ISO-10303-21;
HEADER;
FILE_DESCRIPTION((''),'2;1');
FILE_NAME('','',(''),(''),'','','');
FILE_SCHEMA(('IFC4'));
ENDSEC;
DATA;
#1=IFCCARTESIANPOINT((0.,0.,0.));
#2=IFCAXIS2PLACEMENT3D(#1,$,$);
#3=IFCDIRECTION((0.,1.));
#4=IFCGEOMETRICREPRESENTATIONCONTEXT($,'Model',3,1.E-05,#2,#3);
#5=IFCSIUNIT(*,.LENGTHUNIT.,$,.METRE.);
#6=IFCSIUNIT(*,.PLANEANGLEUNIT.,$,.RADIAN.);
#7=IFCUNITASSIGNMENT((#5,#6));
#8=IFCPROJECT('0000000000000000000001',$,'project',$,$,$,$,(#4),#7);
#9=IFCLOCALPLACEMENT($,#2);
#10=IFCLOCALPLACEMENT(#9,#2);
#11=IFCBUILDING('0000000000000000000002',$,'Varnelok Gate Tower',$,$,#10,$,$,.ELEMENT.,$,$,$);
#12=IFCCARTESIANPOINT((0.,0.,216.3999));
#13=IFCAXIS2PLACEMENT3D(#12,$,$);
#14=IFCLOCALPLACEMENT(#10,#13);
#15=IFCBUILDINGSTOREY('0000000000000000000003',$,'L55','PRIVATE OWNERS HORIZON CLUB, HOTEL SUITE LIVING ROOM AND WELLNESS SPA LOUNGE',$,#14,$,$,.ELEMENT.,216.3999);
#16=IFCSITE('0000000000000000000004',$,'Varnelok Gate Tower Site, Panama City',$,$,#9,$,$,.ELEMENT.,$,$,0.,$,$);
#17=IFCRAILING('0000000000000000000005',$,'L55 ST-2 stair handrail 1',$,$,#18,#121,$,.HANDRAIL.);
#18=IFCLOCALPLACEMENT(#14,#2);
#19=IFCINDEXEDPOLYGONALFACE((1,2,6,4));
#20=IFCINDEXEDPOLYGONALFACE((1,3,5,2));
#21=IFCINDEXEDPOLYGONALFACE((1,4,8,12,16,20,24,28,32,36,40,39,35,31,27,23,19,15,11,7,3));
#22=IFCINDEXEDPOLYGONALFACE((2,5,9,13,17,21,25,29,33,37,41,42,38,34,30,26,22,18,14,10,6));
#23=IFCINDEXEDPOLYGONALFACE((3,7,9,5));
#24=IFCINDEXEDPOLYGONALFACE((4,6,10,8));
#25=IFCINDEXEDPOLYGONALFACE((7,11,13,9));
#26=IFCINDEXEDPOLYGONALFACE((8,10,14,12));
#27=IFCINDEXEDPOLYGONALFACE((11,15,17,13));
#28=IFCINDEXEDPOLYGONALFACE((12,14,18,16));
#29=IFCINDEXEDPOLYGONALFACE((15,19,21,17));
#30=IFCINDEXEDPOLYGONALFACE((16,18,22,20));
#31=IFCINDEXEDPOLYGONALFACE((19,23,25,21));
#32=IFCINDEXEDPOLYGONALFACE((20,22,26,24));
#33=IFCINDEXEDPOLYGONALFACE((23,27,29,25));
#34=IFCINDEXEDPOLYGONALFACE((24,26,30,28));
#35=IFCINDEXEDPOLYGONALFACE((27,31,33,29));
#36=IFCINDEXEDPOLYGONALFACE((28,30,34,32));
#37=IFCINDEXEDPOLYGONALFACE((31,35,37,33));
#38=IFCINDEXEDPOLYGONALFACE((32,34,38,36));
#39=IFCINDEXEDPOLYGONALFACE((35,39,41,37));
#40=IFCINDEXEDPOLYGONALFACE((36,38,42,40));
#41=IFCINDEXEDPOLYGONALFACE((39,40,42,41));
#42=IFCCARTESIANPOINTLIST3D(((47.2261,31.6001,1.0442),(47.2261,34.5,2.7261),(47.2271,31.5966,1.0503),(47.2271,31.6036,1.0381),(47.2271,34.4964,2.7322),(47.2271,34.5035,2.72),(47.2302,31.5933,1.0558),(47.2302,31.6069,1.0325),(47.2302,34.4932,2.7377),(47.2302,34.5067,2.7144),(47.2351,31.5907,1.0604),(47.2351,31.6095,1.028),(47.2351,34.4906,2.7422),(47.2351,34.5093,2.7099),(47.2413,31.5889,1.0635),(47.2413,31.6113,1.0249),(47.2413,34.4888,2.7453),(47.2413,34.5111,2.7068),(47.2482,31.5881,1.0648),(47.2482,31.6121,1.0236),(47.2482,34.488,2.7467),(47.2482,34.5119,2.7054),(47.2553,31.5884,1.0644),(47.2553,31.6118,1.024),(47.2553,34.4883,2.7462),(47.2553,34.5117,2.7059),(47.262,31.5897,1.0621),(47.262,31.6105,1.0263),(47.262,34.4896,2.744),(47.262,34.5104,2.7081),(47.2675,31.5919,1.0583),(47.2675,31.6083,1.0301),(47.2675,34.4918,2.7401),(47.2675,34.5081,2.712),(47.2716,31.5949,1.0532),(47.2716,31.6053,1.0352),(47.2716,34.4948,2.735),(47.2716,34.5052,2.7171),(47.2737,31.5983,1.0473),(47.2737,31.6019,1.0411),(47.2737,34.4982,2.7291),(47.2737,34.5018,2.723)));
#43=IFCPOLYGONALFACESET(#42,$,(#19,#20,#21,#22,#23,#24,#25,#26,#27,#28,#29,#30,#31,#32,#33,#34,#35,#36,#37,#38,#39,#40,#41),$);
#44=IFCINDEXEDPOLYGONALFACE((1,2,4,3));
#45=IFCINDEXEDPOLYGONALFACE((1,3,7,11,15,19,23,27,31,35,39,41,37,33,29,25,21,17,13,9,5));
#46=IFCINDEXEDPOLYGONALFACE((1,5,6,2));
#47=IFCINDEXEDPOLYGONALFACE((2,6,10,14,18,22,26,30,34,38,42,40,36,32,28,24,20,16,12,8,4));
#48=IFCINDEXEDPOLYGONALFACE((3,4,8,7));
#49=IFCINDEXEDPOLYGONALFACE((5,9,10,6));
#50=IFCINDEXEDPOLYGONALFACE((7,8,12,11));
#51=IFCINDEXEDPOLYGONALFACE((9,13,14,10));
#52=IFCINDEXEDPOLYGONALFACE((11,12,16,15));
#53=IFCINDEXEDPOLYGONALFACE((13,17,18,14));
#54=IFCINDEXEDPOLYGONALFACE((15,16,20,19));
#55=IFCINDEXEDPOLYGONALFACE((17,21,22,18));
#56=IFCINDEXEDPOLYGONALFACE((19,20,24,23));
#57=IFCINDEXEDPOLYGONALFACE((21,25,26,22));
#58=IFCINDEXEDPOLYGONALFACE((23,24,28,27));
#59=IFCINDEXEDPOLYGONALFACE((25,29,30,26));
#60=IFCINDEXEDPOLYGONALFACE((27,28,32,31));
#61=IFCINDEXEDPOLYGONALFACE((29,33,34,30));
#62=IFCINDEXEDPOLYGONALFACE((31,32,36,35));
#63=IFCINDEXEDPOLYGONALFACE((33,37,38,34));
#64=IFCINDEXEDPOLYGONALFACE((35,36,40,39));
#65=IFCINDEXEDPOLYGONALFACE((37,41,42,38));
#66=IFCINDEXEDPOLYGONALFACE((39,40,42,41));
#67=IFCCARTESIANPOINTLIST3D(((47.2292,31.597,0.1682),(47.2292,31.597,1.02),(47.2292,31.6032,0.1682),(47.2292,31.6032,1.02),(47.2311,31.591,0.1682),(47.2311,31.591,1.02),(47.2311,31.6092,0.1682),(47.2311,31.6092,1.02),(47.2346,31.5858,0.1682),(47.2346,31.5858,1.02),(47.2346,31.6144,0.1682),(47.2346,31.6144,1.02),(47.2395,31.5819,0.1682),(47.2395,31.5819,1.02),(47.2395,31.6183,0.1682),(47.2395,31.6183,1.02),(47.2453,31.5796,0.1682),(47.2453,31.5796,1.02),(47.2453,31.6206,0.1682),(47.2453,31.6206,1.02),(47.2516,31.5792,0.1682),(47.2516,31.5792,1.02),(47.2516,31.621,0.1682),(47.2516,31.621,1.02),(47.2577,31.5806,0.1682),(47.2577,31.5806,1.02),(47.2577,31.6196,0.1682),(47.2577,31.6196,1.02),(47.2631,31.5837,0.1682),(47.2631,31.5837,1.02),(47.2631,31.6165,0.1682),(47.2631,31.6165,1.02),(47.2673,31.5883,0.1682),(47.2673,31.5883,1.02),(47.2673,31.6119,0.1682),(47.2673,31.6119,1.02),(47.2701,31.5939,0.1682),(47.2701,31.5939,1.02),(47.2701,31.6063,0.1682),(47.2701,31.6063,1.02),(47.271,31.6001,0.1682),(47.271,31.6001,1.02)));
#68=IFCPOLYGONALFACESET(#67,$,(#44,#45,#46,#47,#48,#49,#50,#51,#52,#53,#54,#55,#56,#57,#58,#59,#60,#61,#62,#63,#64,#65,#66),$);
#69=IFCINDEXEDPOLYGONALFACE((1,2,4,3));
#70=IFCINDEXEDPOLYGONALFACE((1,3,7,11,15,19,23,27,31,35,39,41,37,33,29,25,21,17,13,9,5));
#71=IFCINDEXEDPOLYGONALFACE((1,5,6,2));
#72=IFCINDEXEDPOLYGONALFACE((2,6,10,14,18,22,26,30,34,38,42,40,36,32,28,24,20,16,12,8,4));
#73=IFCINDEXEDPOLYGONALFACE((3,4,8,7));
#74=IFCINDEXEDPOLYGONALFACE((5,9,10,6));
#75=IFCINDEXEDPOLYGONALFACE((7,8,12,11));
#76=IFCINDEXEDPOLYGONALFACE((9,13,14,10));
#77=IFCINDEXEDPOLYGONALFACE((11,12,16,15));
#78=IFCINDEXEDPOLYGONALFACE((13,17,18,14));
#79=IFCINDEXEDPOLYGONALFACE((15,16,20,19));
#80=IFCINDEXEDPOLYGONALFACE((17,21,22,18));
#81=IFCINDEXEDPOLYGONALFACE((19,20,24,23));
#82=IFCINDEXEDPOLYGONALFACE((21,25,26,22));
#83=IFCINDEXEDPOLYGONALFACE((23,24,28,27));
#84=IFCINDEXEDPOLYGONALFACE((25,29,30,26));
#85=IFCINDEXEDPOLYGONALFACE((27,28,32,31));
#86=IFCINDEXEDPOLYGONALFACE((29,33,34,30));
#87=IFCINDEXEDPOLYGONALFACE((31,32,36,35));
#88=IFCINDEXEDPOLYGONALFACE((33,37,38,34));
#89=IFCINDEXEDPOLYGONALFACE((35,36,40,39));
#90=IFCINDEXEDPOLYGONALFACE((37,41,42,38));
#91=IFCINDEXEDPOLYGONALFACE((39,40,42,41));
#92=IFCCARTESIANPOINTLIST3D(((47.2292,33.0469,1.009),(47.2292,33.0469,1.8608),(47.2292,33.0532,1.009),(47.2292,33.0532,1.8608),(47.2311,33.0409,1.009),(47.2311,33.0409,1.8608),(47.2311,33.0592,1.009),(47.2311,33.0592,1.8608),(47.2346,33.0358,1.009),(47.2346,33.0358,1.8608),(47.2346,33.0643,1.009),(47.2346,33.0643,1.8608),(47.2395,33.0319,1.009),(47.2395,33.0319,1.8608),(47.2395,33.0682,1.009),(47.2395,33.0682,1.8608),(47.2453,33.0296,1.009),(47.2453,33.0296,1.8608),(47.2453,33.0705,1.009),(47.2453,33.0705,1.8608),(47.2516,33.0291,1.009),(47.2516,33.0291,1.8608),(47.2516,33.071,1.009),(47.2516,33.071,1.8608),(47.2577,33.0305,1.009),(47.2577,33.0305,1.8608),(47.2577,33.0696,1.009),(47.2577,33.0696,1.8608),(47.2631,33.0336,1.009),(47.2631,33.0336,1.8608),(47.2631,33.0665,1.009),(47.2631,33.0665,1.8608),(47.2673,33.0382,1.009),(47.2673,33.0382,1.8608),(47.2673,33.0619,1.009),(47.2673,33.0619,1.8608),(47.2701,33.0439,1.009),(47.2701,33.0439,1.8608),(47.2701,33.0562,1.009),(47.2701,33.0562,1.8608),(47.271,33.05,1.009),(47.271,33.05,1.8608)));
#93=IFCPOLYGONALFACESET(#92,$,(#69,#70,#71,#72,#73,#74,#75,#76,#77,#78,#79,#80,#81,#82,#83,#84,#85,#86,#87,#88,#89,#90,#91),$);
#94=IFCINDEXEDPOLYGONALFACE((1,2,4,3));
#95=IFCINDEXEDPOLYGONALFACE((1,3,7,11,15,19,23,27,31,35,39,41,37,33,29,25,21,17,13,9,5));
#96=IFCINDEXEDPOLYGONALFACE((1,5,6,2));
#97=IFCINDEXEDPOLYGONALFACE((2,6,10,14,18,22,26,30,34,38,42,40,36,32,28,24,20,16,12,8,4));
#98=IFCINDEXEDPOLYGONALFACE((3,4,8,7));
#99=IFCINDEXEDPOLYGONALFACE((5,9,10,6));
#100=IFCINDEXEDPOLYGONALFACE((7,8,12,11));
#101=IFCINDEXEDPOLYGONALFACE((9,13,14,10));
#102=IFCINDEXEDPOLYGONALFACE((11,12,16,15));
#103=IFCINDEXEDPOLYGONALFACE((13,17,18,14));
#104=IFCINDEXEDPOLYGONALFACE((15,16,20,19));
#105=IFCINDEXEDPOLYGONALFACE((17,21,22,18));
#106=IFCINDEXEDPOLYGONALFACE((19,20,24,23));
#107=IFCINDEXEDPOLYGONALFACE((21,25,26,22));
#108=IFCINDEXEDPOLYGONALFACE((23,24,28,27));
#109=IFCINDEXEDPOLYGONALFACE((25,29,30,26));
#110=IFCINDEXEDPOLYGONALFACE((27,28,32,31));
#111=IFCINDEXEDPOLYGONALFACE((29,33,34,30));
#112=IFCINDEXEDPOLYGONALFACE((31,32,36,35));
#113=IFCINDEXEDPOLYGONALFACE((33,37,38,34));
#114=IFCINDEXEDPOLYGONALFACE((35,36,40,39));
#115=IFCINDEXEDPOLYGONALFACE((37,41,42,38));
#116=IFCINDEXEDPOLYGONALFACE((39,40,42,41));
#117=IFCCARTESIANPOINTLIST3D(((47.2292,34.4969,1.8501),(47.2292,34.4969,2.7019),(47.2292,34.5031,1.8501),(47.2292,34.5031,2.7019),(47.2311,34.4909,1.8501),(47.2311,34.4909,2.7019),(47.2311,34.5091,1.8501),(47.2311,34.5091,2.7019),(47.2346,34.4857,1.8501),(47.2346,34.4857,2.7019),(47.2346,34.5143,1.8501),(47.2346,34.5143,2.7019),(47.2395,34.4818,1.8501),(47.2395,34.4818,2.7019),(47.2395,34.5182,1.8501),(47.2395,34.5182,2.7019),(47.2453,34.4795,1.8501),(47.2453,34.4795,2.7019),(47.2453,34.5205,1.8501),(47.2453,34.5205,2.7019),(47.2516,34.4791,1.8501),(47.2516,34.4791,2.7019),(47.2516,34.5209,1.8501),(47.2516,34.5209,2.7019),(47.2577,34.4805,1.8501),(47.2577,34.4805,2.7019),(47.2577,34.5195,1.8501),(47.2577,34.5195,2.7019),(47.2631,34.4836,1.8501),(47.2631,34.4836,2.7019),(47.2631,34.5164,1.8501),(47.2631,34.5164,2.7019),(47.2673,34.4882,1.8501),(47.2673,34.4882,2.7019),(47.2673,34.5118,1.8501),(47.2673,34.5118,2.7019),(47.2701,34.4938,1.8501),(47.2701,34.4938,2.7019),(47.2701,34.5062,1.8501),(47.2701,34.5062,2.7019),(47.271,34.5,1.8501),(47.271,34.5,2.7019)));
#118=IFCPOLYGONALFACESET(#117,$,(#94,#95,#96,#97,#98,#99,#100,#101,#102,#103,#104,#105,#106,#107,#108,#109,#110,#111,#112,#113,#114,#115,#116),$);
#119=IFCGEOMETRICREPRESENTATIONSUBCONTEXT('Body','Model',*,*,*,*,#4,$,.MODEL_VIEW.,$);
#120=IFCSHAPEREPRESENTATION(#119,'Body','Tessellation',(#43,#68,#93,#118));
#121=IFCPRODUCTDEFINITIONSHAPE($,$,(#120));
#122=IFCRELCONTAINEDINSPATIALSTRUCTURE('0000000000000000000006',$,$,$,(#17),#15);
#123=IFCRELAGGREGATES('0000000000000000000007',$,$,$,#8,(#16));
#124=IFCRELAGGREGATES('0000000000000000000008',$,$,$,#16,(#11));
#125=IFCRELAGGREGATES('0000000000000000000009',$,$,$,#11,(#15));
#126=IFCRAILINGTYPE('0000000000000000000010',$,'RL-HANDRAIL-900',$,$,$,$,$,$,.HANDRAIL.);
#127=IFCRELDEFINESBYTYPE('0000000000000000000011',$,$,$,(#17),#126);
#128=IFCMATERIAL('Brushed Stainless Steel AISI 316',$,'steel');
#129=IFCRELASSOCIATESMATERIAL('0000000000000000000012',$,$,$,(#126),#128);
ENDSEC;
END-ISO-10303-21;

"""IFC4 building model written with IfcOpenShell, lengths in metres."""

from ifc_helpers import new_model, si_unit, direction, frame, origin, origin_2d, place, context, subcontext, project, spatial, circle, extrude, material, type_object, element, save


model = new_model("IFC4")

# Units and contexts
model_context = context("Model", 3, precision=1e-05, world=origin(), true_north=direction((0.0, 1.0)))
body_context = subcontext(model_context, "Body", "Model", "MODEL_VIEW")
ifc_project = project(units=[si_unit("LENGTHUNIT", "METRE"), si_unit("PLANEANGLEUNIT", "RADIAN")], contexts=[model_context])

# Site, building, storey
site_placement = place(None, origin())
site = spatial("IfcSite", under=ifc_project, at=site_placement, Name="Varnelok Gate Tower Site, Panama City", CompositionType="ELEMENT", RefElevation=0.0)
building_placement = place(site_placement, origin())
building = spatial("IfcBuilding", under=site, at=building_placement, Name="Varnelok Gate Tower", CompositionType="ELEMENT")
storey_placement = place(building_placement, frame((0.0, 0.0, 216.3999)))
storey = spatial("IfcBuildingStorey", under=building, at=storey_placement, Name="L55", Description="PRIVATE OWNERS HORIZON CLUB, HOTEL SUITE LIVING ROOM AND WELLNESS SPA LOUNGE", CompositionType="ELEMENT", Elevation=216.3999)

# Railing
ifc_material_1 = material(Name="Brushed Stainless Steel AISI 316", Category="steel")
railing_type_1 = type_object("IfcRailingType", Name="RL-HANDRAIL-900", PredefinedType="HANDRAIL", material=ifc_material_1)
railing_1_placement = place(storey_placement, frame((47.25, 31.6001, 0.1682)))
element("IfcRailing", 1, at=railing_1_placement, inside=storey, type_object=railing_type_1, Name="L55 ST-2 stair handrail 1", PredefinedType="HANDRAIL", context=body_context, shape_type="SweptSolid", body=[
    extrude(circle(Radius=0.0239, at=origin_2d()), frame((0.0, 0.0, 0.876), z_axis=(0.0, 0.865039, 0.501705), x_axis=(-1.0, 0.0, 0.0)), (0.0, 0.0, 1.0), 3.3523),
    extrude(circle(Radius=0.021, at=origin_2d()), origin(), (0.0, 0.0, 1.0), 0.8518),
    extrude(circle(Radius=0.021, at=origin_2d()), frame((0.0, 1.45, 0.8408)), (0.0, 0.0, 1.0), 0.8518),
    extrude(circle(Radius=0.021, at=origin_2d()), frame((0.0, 2.8999, 1.6819)), (0.0, 0.0, 1.0), 0.8518),
])

save(model, "model.ifc")
